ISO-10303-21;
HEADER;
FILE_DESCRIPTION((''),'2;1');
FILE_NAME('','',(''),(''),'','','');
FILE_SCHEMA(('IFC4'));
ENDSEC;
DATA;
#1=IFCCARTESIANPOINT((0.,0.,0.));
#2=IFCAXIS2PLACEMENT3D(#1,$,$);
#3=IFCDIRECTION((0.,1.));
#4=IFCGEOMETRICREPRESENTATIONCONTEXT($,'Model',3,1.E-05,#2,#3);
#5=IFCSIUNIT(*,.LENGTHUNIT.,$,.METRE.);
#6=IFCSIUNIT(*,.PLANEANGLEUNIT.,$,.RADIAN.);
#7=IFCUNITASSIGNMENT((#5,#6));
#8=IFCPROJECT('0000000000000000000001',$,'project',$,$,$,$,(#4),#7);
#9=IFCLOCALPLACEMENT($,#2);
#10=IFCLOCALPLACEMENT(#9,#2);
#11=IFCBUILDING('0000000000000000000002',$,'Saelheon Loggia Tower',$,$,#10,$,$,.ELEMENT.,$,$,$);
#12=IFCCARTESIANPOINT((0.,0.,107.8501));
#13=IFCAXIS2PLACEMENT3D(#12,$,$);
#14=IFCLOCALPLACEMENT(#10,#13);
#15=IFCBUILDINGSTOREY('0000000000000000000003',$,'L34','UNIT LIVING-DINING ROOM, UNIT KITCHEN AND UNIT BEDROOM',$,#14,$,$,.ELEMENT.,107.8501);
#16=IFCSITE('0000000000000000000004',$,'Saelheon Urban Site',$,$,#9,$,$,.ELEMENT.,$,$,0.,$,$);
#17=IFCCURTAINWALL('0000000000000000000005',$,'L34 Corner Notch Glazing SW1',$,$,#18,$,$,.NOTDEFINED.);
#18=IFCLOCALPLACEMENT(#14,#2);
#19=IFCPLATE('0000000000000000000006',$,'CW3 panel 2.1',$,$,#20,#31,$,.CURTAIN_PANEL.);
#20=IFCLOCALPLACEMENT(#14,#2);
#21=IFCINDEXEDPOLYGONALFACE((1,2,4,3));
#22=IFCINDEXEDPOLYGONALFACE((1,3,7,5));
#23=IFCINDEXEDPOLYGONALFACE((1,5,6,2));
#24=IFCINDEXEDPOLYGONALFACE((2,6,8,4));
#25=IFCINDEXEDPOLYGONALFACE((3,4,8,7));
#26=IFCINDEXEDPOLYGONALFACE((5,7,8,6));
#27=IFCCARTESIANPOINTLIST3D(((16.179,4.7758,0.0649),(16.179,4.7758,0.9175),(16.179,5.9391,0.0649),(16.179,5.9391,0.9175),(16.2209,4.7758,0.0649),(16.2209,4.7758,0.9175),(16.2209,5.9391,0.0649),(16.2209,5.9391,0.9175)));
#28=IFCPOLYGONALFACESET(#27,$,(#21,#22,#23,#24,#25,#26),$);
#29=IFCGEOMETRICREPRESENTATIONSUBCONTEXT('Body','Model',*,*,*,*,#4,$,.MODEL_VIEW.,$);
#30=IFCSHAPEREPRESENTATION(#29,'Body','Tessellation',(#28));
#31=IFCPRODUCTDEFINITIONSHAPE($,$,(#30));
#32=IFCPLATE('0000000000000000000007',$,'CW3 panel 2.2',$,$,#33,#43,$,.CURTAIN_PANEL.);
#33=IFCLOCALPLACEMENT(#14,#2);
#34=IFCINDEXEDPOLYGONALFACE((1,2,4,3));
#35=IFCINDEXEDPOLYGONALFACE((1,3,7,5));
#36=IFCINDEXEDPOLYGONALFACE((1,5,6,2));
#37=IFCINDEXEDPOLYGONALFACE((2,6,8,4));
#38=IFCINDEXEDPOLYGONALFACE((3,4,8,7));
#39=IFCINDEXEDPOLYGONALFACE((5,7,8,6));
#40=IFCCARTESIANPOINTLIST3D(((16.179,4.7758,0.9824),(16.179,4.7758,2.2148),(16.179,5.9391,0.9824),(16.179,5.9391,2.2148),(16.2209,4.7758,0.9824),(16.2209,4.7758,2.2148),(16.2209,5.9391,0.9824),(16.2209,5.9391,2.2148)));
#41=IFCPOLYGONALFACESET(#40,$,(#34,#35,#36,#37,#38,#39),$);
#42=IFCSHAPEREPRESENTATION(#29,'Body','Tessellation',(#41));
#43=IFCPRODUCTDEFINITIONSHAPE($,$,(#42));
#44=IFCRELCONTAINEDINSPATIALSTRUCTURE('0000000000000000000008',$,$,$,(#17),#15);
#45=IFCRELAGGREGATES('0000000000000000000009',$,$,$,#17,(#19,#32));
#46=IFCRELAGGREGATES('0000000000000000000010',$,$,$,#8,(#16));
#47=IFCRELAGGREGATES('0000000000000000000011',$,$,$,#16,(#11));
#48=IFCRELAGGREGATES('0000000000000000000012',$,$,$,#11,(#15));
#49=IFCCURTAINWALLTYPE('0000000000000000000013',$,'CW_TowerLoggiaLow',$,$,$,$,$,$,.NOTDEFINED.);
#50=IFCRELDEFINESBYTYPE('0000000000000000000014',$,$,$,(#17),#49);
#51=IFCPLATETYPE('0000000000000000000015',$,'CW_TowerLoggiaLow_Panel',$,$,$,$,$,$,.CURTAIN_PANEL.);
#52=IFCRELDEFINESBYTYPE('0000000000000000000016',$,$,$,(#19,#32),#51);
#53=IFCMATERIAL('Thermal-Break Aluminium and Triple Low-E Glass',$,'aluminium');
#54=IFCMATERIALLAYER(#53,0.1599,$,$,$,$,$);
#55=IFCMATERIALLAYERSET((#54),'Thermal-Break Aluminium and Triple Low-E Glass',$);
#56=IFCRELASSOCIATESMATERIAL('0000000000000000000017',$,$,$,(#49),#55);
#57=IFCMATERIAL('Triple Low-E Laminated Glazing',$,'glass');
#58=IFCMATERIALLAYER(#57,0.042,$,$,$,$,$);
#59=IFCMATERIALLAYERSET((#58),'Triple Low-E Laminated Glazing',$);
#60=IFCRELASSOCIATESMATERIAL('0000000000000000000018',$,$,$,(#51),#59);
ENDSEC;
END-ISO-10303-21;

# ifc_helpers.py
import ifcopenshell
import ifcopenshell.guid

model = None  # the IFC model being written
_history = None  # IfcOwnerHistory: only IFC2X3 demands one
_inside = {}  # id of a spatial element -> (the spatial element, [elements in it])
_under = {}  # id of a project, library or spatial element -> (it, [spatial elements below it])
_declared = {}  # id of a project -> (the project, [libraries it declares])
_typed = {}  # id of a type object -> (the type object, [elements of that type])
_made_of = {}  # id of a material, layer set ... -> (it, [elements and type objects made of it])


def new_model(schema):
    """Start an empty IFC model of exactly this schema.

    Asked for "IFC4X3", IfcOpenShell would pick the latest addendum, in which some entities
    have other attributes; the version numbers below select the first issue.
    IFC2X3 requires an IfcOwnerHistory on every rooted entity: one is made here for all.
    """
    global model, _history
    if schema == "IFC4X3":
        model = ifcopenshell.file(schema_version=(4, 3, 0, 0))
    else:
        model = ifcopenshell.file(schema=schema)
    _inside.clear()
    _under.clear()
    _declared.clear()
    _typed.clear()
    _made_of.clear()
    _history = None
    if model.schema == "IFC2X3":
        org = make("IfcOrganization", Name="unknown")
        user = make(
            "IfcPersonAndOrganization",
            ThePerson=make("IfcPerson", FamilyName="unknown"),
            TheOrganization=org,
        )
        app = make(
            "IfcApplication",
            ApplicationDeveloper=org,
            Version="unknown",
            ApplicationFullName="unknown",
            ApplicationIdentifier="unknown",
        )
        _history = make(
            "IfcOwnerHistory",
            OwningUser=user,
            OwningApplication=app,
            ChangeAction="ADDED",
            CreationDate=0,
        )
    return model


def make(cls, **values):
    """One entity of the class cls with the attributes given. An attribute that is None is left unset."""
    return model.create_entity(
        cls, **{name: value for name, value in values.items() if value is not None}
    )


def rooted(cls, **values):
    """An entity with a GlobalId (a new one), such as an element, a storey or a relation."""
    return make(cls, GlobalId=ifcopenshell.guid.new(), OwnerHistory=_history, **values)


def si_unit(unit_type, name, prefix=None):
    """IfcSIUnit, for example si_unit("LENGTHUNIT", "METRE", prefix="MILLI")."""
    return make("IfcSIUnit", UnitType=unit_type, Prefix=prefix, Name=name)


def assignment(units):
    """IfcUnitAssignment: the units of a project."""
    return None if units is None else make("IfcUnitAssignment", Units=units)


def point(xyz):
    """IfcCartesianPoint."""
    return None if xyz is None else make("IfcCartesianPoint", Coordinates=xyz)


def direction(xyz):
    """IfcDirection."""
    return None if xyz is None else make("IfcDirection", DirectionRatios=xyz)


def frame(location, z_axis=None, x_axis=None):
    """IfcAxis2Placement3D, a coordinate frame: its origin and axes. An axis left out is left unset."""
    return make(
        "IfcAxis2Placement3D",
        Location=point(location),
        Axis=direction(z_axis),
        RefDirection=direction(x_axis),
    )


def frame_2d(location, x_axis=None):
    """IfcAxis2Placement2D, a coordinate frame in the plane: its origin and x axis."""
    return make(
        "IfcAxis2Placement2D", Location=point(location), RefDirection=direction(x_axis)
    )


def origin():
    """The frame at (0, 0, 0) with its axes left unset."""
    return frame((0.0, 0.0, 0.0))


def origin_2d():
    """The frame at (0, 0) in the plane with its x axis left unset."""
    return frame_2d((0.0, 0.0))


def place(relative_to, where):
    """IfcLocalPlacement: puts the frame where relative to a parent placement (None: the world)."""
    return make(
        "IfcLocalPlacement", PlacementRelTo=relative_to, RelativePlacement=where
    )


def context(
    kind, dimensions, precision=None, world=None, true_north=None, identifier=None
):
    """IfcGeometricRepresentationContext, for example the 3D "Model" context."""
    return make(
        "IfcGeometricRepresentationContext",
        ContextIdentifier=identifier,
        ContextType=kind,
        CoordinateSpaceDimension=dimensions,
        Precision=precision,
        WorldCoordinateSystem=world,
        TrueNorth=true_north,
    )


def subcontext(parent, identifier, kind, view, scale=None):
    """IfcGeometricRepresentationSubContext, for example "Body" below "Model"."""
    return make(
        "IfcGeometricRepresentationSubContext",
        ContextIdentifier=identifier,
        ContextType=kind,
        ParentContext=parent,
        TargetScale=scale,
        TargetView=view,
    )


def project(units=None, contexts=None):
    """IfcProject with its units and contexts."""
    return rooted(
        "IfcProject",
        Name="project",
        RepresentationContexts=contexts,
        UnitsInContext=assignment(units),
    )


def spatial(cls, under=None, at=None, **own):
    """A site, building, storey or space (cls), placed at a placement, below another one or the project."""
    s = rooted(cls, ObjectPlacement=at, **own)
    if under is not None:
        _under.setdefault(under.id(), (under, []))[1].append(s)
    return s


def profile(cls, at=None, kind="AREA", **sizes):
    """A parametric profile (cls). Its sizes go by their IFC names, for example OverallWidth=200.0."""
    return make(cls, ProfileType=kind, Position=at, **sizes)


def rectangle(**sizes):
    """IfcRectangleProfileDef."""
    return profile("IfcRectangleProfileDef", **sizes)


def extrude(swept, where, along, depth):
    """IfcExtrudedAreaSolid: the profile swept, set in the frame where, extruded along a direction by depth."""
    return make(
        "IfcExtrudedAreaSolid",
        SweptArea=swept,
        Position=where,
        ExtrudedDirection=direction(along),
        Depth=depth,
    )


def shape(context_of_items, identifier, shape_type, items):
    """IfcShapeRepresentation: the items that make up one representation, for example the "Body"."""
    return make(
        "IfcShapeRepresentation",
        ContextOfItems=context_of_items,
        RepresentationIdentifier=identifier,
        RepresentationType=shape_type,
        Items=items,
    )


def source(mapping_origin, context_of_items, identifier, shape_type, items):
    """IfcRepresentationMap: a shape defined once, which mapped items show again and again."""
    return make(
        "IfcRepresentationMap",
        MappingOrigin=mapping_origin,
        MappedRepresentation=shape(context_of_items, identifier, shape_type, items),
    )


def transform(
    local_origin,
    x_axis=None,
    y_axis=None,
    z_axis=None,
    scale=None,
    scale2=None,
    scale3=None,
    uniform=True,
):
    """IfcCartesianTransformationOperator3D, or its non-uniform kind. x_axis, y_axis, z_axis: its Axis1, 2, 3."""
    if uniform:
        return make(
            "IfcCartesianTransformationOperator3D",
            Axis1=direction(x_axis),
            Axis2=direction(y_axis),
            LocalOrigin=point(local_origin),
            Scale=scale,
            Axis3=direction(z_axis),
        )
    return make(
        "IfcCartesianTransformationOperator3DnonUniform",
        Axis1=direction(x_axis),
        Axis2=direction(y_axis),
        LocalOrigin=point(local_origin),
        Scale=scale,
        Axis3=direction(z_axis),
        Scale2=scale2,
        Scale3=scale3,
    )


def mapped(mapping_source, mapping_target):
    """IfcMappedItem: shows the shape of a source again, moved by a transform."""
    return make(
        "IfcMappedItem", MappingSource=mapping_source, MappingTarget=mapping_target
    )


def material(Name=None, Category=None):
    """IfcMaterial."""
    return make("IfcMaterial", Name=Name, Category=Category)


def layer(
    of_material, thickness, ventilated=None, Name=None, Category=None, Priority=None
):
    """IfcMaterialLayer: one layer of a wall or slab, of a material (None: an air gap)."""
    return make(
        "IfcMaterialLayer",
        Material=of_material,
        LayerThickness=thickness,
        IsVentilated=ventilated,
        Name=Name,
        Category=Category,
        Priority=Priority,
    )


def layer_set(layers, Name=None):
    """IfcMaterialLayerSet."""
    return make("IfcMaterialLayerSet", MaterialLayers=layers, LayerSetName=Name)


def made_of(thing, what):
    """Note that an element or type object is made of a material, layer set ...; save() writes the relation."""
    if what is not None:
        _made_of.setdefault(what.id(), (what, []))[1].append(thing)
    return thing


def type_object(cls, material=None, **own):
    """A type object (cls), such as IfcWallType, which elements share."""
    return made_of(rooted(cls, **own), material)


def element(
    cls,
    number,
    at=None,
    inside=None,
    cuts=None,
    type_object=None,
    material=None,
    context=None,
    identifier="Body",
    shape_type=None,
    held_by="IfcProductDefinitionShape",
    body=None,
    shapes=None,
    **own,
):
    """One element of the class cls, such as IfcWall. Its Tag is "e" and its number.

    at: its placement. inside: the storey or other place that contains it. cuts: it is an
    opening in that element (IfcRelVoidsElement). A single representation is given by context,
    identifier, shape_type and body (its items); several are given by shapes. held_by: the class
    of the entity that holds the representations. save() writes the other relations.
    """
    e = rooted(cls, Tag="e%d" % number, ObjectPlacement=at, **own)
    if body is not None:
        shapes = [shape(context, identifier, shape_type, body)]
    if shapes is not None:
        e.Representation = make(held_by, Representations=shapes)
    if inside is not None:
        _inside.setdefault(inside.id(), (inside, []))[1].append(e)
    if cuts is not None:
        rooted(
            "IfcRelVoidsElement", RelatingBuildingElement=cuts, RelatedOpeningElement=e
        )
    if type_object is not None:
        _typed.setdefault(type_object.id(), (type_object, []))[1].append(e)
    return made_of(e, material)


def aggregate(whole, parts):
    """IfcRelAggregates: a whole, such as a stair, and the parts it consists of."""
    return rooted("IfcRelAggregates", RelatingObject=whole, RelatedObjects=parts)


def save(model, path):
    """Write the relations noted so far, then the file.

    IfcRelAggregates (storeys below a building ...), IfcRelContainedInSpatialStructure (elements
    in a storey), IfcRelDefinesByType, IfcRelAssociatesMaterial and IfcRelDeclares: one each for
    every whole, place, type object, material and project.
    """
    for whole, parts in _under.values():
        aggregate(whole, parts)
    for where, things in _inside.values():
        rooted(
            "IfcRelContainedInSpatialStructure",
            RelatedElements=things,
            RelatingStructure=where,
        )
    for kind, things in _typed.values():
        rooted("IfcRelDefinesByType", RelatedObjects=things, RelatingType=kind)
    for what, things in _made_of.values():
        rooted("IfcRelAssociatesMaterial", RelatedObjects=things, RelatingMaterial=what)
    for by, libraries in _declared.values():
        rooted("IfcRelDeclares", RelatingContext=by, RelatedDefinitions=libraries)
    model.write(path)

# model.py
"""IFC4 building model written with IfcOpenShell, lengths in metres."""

from ifc_helpers import new_model, si_unit, direction, frame, origin, origin_2d, place, context, subcontext, project, spatial, rectangle, extrude, source, transform, mapped, material, layer, layer_set, type_object, element, aggregate, save


model = new_model("IFC4")

# Units and contexts
model_context = context("Model", 3, precision=1e-05, world=origin(), true_north=direction((0.0, 1.0)))
body_context = subcontext(model_context, "Body", "Model", "MODEL_VIEW")
ifc_project = project(units=[si_unit("LENGTHUNIT", "METRE"), si_unit("PLANEANGLEUNIT", "RADIAN")], contexts=[model_context])

# Site, building, storey
site_placement = place(None, origin())
site = spatial("IfcSite", under=ifc_project, at=site_placement, Name="Saelheon Urban Site", CompositionType="ELEMENT", RefElevation=0.0)
building_placement = place(site_placement, origin())
building = spatial("IfcBuilding", under=site, at=building_placement, Name="Saelheon Loggia Tower", CompositionType="ELEMENT")
storey_placement = place(building_placement, frame((0.0, 0.0, 107.8501)))
storey = spatial("IfcBuildingStorey", under=building, at=storey_placement, Name="L34", Description="UNIT LIVING-DINING ROOM, UNIT KITCHEN AND UNIT BEDROOM", CompositionType="ELEMENT", Elevation=107.8501)

# Curtain wall, plates
ifc_material_1 = material(Name="Thermal-Break Aluminium and Triple Low-E Glass", Category="aluminium")
ifc_layer_1 = layer(ifc_material_1, 0.1599)
ifc_layer_set_1 = layer_set([ifc_layer_1], Name="Thermal-Break Aluminium and Triple Low-E Glass")
curtain_wall_type = type_object("IfcCurtainWallType", Name="CW_TowerLoggiaLow", PredefinedType="NOTDEFINED", material=ifc_layer_set_1)
curtain_wall_placement = place(storey_placement, origin())
curtain_wall = element("IfcCurtainWall", 1, at=curtain_wall_placement, inside=storey, type_object=curtain_wall_type, Name="L34 Corner Notch Glazing SW1", PredefinedType="NOTDEFINED")
ifc_material_2 = material(Name="Triple Low-E Laminated Glazing", Category="glass")
ifc_layer_2 = layer(ifc_material_2, 0.042)
ifc_layer_set_2 = layer_set([ifc_layer_2], Name="Triple Low-E Laminated Glazing")
plate_type = type_object("IfcPlateType", Name="CW_TowerLoggiaLow_Panel", PredefinedType="CURTAIN_PANEL", material=ifc_layer_set_2)
shared_shape_1 = source(origin(), body_context, "Body", "SweptSolid", [
    extrude(rectangle(XDim=1.1633, YDim=0.042, at=origin_2d()), origin(), (0.0, 0.0, 1.0), 0.8525),
])
plate_1_placement = place(storey_placement, frame((16.2, 5.3574, 0.0649), z_axis=(0.0, 0.0, 1.0), x_axis=(0.0, 1.0, 0.0)))
plate_1 = element("IfcPlate", 2, at=plate_1_placement, type_object=plate_type, Name="CW3 panel 2.1", PredefinedType="CURTAIN_PANEL", context=body_context, shape_type="MappedRepresentation", body=[
    mapped(shared_shape_1, transform((0.0, 0.0, 0.0), scale=1.0)),
])
shared_shape_2 = source(origin(), body_context, "Body", "SweptSolid", [
    extrude(rectangle(XDim=1.1633, YDim=0.042, at=origin_2d()), origin(), (0.0, 0.0, 1.0), 1.2324),
])
plate_2_placement = place(storey_placement, frame((16.2, 5.3574, 0.9824), z_axis=(0.0, 0.0, 1.0), x_axis=(0.0, 1.0, 0.0)))
plate_2 = element("IfcPlate", 3, at=plate_2_placement, type_object=plate_type, Name="CW3 panel 2.2", PredefinedType="CURTAIN_PANEL", context=body_context, shape_type="MappedRepresentation", body=[
    mapped(shared_shape_2, transform((0.0, 0.0, 0.0), scale=1.0)),
])
aggregate(curtain_wall, [plate_1, plate_2])

save(model, "model.ifc")
